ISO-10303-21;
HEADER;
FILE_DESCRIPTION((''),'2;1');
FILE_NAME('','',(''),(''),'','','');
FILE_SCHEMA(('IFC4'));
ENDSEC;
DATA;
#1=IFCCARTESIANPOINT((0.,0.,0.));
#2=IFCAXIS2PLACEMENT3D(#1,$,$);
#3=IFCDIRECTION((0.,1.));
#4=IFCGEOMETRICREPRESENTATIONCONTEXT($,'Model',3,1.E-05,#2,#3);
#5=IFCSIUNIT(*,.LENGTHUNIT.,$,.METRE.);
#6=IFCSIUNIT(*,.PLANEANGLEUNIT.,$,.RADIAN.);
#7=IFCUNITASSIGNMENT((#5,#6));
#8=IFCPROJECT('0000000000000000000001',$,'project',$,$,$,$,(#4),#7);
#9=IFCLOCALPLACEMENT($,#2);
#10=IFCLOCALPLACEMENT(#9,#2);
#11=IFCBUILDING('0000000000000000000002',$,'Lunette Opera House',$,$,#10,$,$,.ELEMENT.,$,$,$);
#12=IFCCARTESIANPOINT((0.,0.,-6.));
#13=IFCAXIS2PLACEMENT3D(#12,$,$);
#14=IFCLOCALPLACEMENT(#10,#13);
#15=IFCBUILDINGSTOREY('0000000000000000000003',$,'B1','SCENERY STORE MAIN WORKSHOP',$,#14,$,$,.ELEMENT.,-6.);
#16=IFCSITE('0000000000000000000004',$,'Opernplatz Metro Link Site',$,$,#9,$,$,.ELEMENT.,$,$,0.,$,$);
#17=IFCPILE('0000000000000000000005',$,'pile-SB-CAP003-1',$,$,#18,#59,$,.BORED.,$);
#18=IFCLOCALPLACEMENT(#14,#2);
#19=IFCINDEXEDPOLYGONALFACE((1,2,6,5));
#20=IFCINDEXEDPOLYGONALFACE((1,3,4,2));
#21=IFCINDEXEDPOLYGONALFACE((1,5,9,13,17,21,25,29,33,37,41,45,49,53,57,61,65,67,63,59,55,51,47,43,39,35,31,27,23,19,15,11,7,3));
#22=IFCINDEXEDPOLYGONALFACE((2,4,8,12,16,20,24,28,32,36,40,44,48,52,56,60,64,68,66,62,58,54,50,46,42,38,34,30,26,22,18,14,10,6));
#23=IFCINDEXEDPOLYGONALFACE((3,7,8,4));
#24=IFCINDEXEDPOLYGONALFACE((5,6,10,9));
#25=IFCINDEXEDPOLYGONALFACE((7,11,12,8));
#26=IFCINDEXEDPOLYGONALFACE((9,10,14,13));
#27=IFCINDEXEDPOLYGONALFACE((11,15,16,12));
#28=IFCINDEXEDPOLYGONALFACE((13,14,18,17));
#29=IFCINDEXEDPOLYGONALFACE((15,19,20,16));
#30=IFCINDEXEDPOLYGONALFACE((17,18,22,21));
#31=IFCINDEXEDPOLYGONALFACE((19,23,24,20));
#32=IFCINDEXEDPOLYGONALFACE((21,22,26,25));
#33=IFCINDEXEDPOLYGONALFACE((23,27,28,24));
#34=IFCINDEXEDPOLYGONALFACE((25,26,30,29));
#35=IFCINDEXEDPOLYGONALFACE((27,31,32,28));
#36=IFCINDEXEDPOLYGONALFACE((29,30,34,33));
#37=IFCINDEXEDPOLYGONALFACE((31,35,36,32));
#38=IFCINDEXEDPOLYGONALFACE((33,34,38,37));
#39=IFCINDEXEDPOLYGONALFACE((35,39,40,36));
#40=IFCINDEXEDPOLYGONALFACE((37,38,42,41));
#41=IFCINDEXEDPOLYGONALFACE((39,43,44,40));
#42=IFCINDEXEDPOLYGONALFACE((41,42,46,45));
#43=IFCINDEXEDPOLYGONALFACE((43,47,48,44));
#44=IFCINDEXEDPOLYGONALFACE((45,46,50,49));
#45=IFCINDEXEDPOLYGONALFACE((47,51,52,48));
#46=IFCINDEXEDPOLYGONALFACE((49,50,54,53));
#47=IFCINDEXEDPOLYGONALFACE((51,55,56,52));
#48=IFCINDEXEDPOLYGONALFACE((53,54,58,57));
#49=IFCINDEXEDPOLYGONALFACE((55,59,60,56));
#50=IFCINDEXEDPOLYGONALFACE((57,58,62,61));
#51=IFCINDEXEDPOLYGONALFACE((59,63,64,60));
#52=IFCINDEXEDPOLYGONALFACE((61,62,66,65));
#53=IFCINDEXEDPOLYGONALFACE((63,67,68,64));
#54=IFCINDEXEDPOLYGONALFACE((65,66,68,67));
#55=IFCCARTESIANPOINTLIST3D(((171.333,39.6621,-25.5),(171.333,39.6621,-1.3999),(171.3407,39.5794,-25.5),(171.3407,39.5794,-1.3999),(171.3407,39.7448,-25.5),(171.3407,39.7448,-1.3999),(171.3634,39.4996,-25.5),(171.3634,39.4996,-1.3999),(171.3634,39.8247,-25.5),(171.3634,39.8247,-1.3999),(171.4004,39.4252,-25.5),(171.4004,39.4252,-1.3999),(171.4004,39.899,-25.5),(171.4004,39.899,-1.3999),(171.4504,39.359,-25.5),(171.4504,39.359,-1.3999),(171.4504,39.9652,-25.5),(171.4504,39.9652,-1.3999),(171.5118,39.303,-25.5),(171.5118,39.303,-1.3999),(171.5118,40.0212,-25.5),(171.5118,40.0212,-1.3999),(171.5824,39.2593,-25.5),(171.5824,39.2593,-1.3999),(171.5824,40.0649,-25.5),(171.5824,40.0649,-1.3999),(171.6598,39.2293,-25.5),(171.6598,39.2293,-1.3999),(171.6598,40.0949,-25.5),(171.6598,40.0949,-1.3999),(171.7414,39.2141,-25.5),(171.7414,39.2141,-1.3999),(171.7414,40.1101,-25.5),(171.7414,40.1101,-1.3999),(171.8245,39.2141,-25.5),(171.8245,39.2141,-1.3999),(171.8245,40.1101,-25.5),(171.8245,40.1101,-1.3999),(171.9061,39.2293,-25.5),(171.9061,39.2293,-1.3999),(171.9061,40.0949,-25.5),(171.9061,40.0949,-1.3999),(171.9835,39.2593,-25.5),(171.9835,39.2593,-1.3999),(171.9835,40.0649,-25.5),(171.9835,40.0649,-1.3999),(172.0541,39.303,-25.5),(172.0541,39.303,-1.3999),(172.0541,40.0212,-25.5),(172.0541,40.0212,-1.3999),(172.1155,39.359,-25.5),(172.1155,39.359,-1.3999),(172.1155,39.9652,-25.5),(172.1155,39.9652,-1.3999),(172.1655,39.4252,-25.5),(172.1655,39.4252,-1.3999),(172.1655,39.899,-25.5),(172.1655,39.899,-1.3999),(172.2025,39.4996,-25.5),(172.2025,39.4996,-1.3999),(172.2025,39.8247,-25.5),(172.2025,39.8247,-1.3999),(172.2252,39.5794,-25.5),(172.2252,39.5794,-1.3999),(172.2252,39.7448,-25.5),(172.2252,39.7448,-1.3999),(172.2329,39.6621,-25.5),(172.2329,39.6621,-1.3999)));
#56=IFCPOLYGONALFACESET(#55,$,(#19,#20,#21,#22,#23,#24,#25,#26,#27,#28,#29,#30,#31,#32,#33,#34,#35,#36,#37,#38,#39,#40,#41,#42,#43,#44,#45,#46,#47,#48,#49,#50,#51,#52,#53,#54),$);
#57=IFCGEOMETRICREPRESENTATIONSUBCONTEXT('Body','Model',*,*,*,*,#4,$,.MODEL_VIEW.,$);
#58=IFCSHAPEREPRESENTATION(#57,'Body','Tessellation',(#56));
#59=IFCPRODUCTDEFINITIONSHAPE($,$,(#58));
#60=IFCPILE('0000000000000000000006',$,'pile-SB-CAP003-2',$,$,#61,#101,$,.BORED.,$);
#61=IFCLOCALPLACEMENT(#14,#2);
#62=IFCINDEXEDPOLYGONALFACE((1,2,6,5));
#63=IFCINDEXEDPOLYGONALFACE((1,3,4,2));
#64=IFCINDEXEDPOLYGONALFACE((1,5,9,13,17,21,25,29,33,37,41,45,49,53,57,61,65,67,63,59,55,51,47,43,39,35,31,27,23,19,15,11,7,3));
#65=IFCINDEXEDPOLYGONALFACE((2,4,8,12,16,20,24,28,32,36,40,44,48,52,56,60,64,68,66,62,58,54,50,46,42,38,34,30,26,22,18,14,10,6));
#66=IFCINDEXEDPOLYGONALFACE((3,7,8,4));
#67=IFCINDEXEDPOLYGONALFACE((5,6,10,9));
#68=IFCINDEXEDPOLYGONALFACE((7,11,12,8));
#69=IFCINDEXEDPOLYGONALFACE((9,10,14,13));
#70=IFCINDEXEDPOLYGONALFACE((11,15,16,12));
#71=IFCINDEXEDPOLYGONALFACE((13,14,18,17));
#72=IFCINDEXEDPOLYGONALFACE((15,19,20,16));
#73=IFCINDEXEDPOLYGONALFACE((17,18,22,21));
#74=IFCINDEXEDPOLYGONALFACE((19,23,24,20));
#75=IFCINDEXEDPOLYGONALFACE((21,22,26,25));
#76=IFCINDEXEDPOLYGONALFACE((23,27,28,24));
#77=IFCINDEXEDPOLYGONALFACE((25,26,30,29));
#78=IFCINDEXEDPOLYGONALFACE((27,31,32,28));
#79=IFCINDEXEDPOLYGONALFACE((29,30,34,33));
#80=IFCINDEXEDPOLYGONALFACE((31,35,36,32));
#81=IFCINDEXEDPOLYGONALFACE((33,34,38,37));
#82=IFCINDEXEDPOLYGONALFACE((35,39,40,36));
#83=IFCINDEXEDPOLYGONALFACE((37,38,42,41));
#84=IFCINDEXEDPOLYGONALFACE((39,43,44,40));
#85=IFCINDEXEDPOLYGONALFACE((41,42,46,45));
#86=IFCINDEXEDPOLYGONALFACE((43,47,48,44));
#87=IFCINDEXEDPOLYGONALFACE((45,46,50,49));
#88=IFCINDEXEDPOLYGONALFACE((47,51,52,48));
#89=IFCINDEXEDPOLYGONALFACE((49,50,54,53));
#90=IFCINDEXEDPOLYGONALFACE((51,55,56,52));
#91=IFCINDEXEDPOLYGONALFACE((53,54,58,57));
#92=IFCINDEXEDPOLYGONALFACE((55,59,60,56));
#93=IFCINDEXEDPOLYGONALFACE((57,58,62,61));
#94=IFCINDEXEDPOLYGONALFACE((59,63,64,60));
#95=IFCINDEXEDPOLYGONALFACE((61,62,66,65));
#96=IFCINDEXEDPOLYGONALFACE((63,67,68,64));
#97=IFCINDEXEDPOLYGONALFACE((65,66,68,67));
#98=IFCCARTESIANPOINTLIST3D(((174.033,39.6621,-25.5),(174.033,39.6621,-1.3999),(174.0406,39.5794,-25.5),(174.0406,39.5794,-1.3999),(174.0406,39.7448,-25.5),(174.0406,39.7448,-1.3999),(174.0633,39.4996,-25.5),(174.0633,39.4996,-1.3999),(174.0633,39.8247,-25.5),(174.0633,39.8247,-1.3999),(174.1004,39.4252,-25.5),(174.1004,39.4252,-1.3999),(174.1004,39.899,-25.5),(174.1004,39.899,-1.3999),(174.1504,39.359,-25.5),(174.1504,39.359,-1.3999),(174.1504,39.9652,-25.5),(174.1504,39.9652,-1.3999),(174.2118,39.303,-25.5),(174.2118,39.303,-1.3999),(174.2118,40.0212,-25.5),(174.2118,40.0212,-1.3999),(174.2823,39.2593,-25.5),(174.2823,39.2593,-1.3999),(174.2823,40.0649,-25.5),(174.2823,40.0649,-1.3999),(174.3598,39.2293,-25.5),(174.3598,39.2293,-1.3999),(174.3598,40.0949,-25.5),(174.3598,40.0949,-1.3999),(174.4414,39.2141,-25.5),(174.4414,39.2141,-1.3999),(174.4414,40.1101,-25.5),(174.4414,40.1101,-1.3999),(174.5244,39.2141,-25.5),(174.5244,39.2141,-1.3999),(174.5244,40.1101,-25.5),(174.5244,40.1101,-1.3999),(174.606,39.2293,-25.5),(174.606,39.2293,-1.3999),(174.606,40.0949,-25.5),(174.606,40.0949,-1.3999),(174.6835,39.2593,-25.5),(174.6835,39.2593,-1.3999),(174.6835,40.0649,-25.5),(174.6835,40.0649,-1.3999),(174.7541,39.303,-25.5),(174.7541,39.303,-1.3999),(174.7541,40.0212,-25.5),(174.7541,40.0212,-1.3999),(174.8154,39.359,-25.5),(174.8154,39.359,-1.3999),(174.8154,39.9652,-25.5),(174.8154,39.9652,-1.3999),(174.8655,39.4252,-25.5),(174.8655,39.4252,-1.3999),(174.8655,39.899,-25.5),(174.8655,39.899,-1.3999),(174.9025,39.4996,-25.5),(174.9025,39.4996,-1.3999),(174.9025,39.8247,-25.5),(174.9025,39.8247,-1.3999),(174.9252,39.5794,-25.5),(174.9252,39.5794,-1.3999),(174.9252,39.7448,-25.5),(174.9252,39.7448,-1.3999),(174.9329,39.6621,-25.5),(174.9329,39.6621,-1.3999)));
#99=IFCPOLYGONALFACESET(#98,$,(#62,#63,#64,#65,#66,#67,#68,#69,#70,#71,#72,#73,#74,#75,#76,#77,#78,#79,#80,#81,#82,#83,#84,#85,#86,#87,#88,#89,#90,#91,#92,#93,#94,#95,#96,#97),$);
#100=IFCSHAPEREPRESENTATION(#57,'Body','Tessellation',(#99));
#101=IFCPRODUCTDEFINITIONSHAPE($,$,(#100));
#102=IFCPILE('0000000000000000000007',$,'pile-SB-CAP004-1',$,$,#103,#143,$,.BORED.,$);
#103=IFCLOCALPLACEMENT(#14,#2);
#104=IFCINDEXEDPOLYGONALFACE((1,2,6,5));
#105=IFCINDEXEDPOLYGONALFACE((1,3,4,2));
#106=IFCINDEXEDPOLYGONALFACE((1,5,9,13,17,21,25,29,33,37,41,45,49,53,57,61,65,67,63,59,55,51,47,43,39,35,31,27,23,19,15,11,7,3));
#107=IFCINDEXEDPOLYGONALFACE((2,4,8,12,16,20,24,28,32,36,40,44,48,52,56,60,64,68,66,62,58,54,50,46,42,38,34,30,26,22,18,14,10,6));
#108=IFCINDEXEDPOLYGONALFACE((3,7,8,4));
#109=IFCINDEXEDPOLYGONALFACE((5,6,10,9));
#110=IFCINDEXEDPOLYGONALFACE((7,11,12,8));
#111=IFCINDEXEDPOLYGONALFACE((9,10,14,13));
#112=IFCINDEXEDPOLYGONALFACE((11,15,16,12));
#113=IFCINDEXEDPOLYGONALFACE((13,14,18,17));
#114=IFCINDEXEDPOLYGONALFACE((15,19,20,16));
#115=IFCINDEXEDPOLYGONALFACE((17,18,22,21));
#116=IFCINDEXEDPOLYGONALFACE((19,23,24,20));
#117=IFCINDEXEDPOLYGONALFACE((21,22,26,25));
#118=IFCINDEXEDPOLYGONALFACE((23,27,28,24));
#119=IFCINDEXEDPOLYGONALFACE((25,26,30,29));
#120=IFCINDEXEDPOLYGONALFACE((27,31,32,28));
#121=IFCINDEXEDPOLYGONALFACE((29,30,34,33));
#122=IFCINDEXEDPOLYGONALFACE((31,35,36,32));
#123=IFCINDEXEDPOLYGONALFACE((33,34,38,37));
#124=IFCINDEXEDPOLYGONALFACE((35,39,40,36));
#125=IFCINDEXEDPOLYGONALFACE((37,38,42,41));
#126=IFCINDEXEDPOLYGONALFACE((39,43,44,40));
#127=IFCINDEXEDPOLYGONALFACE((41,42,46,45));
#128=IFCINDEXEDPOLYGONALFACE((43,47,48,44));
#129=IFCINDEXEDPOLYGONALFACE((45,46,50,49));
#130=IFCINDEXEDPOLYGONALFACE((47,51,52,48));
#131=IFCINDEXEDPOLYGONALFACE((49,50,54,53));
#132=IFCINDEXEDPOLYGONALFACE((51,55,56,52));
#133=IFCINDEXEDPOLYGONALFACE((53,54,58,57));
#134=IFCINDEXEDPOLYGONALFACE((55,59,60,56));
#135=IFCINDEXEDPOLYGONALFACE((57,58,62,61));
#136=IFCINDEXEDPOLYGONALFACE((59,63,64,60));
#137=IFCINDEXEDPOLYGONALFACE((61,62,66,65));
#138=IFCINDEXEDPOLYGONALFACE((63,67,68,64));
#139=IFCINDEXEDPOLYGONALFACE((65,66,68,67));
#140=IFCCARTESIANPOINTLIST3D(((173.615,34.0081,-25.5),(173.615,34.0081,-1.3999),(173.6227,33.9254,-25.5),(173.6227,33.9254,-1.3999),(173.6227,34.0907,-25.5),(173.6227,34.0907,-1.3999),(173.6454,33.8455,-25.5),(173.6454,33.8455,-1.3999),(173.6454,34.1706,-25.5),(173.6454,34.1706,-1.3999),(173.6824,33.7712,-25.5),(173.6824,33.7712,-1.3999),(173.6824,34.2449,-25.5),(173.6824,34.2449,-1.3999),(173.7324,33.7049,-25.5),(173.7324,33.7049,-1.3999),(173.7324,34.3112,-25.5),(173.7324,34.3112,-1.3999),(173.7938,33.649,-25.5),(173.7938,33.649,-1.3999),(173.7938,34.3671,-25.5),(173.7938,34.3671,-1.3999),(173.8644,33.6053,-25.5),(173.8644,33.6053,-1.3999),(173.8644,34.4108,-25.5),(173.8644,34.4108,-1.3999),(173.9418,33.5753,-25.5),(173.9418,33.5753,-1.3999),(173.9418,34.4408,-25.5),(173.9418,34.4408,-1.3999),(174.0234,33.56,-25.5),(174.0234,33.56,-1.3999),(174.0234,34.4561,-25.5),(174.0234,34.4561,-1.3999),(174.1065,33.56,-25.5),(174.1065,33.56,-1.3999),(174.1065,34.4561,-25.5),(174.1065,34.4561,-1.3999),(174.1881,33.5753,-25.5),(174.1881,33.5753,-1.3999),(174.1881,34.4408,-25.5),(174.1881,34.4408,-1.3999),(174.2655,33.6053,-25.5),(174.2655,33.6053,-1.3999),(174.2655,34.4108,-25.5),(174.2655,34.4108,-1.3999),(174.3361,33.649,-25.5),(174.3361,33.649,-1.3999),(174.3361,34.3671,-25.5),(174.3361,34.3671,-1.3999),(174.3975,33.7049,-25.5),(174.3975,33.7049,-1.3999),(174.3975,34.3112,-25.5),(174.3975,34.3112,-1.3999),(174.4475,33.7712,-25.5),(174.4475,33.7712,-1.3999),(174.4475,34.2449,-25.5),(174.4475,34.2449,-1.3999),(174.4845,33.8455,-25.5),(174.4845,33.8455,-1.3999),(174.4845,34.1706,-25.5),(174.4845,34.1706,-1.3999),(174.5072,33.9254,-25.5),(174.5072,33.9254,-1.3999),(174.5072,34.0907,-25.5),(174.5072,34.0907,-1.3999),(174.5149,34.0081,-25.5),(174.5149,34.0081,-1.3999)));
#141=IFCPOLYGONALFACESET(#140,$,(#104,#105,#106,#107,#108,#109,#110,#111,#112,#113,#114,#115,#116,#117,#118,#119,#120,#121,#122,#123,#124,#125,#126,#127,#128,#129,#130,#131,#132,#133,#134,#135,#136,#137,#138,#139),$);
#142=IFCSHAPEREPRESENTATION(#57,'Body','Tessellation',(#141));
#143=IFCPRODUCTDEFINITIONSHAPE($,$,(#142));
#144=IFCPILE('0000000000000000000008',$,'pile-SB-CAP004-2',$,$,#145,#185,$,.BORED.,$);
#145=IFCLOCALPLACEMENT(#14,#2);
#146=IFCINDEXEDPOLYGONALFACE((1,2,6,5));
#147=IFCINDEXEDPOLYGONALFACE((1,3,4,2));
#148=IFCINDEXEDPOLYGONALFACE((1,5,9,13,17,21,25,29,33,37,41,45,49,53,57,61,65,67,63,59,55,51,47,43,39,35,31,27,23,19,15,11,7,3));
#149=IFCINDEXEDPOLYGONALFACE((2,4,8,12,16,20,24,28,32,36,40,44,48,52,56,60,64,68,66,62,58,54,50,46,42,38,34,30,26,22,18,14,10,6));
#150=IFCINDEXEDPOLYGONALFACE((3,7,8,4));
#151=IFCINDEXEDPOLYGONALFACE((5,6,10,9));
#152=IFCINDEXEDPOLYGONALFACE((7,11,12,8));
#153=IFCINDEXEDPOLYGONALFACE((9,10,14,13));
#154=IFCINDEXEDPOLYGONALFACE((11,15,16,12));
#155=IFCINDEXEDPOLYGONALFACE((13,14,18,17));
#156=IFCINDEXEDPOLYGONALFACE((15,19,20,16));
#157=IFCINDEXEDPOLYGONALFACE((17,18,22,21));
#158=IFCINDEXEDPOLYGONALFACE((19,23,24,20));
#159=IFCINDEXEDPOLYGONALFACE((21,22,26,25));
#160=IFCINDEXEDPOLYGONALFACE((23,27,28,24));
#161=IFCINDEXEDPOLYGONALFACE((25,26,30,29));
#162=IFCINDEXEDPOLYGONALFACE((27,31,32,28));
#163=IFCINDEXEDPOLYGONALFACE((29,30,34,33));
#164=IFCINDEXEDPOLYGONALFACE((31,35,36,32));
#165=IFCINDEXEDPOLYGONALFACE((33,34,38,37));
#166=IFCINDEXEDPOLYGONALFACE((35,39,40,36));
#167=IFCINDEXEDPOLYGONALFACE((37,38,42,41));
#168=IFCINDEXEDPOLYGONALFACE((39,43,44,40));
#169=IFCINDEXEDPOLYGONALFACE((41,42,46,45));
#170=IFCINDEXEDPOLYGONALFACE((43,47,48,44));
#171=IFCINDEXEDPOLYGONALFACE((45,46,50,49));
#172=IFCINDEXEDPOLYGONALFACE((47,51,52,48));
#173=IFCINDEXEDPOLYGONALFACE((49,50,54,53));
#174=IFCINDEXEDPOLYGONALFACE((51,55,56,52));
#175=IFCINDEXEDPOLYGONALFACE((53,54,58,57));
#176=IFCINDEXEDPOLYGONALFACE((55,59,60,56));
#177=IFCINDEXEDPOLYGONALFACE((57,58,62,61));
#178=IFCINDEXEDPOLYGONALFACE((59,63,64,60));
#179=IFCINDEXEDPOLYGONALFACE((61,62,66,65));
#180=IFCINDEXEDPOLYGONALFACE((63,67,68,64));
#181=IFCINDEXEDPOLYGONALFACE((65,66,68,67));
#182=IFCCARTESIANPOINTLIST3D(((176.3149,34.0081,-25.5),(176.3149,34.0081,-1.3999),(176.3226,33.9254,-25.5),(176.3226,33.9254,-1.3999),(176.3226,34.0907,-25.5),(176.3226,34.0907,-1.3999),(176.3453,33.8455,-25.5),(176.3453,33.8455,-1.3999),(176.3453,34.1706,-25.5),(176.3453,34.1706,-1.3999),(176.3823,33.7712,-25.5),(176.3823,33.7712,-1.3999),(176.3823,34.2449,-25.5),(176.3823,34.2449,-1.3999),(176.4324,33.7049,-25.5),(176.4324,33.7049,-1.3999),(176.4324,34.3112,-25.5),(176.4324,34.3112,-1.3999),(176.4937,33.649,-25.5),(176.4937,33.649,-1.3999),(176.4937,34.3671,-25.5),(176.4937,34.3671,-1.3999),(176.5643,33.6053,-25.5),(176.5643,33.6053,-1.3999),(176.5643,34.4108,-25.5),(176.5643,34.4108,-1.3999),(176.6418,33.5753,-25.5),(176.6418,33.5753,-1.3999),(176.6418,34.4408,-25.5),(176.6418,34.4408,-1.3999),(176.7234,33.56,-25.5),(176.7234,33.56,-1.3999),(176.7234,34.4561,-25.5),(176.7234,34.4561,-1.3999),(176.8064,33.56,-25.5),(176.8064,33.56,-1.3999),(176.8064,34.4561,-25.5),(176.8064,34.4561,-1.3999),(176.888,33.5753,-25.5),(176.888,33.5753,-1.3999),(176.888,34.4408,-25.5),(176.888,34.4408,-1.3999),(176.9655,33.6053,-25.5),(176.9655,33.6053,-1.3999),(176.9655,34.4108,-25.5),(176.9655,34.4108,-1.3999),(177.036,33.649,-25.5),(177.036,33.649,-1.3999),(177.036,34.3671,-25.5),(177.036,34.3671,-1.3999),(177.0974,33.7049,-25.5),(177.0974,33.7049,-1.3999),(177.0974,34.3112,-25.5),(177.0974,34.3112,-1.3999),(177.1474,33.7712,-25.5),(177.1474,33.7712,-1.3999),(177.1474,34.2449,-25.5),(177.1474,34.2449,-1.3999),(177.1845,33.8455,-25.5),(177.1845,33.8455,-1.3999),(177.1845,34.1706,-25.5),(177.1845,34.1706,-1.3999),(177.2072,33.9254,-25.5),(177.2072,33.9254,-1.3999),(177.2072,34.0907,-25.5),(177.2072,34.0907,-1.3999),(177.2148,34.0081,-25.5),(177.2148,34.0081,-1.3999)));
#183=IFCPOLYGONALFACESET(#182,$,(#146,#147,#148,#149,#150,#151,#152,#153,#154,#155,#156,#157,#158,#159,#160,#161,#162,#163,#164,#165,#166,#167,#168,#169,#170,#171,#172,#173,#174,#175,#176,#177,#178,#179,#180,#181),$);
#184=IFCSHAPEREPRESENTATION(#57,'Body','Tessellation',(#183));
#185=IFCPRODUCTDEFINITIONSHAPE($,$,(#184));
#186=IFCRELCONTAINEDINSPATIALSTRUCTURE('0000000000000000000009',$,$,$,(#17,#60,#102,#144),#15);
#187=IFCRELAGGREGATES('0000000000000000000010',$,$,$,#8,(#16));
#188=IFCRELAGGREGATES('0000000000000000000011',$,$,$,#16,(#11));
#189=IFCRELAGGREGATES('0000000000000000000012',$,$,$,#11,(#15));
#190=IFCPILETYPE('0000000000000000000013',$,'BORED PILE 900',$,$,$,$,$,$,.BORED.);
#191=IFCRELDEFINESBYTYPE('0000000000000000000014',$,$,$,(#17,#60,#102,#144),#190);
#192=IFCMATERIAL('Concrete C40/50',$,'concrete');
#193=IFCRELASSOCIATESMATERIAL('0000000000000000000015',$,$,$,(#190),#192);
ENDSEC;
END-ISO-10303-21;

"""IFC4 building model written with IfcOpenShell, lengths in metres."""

from ifc_helpers import new_model, si_unit, direction, frame, origin, origin_2d, place, context, subcontext, project, spatial, circle, extrude, material, material_profile, profile_set, type_object, element, save


model = new_model("IFC4")

# Units and contexts
model_context = context("Model", 3, precision=1e-05, world=origin(), true_north=direction((0.0, 1.0)))
body_context = subcontext(model_context, "Body", "Model", "MODEL_VIEW")
ifc_project = project(units=[si_unit("LENGTHUNIT", "METRE"), si_unit("PLANEANGLEUNIT", "RADIAN")], contexts=[model_context])

# Site, building, storey
site_placement = place(None, origin())
site = spatial("IfcSite", under=ifc_project, at=site_placement, Name="Opernplatz Metro Link Site", CompositionType="ELEMENT", RefElevation=0.0)
building_placement = place(site_placement, origin())
building = spatial("IfcBuilding", under=site, at=building_placement, Name="Lunette Opera House", CompositionType="ELEMENT")
storey_placement = place(building_placement, frame((0.0, 0.0, -6.0)))
storey = spatial("IfcBuildingStorey", under=building, at=storey_placement, Name="B1", Description="SCENERY STORE MAIN WORKSHOP", CompositionType="ELEMENT", Elevation=-6.0)

# Piles
ifc_material_1 = material(Name="Concrete C40/50", Category="concrete")
ifc_material_profile_1 = material_profile(ifc_material_1, circle(Radius=0.45, at=origin_2d()), Name="BORED PILE 900")
ifc_profile_set_1 = profile_set([ifc_material_profile_1], Name="Concrete C40/50")
pile_type = type_object("IfcPileType", Name="BORED PILE 900", PredefinedType="BORED", material=ifc_profile_set_1)
for number, where, z_axis, x_axis, name in (
    (1, (171.783, 39.6621, -1.3999), (0.0, 0.0, -1.0), (1.0, 0.0, 0.0), "pile-SB-CAP003-1"),
    (2, (174.4829, 39.6621, -1.3999), (0.0, 0.0, -1.0), (1.0, 0.0, 0.0), "pile-SB-CAP003-2"),
    (3, (174.0649, 34.0081, -1.3999), (0.0, 0.0, -1.0), (1.0, 0.0, 0.0), "pile-SB-CAP004-1"),
    (4, (176.7649, 34.0081, -1.3999), (0.0, 0.0, -1.0), (1.0, 0.0, 0.0), "pile-SB-CAP004-2"),
):
    element("IfcPile", number, at=place(storey_placement, frame(where, z_axis=z_axis, x_axis=x_axis)), inside=storey, type_object=pile_type, Name=name, PredefinedType="BORED", context=body_context, shape_type="SweptSolid", body=[
        extrude(circle(Radius=0.45, at=origin_2d()), origin(), (0.0, 0.0, 1.0), 24.1001),
    ])

save(model, "model.ifc")
